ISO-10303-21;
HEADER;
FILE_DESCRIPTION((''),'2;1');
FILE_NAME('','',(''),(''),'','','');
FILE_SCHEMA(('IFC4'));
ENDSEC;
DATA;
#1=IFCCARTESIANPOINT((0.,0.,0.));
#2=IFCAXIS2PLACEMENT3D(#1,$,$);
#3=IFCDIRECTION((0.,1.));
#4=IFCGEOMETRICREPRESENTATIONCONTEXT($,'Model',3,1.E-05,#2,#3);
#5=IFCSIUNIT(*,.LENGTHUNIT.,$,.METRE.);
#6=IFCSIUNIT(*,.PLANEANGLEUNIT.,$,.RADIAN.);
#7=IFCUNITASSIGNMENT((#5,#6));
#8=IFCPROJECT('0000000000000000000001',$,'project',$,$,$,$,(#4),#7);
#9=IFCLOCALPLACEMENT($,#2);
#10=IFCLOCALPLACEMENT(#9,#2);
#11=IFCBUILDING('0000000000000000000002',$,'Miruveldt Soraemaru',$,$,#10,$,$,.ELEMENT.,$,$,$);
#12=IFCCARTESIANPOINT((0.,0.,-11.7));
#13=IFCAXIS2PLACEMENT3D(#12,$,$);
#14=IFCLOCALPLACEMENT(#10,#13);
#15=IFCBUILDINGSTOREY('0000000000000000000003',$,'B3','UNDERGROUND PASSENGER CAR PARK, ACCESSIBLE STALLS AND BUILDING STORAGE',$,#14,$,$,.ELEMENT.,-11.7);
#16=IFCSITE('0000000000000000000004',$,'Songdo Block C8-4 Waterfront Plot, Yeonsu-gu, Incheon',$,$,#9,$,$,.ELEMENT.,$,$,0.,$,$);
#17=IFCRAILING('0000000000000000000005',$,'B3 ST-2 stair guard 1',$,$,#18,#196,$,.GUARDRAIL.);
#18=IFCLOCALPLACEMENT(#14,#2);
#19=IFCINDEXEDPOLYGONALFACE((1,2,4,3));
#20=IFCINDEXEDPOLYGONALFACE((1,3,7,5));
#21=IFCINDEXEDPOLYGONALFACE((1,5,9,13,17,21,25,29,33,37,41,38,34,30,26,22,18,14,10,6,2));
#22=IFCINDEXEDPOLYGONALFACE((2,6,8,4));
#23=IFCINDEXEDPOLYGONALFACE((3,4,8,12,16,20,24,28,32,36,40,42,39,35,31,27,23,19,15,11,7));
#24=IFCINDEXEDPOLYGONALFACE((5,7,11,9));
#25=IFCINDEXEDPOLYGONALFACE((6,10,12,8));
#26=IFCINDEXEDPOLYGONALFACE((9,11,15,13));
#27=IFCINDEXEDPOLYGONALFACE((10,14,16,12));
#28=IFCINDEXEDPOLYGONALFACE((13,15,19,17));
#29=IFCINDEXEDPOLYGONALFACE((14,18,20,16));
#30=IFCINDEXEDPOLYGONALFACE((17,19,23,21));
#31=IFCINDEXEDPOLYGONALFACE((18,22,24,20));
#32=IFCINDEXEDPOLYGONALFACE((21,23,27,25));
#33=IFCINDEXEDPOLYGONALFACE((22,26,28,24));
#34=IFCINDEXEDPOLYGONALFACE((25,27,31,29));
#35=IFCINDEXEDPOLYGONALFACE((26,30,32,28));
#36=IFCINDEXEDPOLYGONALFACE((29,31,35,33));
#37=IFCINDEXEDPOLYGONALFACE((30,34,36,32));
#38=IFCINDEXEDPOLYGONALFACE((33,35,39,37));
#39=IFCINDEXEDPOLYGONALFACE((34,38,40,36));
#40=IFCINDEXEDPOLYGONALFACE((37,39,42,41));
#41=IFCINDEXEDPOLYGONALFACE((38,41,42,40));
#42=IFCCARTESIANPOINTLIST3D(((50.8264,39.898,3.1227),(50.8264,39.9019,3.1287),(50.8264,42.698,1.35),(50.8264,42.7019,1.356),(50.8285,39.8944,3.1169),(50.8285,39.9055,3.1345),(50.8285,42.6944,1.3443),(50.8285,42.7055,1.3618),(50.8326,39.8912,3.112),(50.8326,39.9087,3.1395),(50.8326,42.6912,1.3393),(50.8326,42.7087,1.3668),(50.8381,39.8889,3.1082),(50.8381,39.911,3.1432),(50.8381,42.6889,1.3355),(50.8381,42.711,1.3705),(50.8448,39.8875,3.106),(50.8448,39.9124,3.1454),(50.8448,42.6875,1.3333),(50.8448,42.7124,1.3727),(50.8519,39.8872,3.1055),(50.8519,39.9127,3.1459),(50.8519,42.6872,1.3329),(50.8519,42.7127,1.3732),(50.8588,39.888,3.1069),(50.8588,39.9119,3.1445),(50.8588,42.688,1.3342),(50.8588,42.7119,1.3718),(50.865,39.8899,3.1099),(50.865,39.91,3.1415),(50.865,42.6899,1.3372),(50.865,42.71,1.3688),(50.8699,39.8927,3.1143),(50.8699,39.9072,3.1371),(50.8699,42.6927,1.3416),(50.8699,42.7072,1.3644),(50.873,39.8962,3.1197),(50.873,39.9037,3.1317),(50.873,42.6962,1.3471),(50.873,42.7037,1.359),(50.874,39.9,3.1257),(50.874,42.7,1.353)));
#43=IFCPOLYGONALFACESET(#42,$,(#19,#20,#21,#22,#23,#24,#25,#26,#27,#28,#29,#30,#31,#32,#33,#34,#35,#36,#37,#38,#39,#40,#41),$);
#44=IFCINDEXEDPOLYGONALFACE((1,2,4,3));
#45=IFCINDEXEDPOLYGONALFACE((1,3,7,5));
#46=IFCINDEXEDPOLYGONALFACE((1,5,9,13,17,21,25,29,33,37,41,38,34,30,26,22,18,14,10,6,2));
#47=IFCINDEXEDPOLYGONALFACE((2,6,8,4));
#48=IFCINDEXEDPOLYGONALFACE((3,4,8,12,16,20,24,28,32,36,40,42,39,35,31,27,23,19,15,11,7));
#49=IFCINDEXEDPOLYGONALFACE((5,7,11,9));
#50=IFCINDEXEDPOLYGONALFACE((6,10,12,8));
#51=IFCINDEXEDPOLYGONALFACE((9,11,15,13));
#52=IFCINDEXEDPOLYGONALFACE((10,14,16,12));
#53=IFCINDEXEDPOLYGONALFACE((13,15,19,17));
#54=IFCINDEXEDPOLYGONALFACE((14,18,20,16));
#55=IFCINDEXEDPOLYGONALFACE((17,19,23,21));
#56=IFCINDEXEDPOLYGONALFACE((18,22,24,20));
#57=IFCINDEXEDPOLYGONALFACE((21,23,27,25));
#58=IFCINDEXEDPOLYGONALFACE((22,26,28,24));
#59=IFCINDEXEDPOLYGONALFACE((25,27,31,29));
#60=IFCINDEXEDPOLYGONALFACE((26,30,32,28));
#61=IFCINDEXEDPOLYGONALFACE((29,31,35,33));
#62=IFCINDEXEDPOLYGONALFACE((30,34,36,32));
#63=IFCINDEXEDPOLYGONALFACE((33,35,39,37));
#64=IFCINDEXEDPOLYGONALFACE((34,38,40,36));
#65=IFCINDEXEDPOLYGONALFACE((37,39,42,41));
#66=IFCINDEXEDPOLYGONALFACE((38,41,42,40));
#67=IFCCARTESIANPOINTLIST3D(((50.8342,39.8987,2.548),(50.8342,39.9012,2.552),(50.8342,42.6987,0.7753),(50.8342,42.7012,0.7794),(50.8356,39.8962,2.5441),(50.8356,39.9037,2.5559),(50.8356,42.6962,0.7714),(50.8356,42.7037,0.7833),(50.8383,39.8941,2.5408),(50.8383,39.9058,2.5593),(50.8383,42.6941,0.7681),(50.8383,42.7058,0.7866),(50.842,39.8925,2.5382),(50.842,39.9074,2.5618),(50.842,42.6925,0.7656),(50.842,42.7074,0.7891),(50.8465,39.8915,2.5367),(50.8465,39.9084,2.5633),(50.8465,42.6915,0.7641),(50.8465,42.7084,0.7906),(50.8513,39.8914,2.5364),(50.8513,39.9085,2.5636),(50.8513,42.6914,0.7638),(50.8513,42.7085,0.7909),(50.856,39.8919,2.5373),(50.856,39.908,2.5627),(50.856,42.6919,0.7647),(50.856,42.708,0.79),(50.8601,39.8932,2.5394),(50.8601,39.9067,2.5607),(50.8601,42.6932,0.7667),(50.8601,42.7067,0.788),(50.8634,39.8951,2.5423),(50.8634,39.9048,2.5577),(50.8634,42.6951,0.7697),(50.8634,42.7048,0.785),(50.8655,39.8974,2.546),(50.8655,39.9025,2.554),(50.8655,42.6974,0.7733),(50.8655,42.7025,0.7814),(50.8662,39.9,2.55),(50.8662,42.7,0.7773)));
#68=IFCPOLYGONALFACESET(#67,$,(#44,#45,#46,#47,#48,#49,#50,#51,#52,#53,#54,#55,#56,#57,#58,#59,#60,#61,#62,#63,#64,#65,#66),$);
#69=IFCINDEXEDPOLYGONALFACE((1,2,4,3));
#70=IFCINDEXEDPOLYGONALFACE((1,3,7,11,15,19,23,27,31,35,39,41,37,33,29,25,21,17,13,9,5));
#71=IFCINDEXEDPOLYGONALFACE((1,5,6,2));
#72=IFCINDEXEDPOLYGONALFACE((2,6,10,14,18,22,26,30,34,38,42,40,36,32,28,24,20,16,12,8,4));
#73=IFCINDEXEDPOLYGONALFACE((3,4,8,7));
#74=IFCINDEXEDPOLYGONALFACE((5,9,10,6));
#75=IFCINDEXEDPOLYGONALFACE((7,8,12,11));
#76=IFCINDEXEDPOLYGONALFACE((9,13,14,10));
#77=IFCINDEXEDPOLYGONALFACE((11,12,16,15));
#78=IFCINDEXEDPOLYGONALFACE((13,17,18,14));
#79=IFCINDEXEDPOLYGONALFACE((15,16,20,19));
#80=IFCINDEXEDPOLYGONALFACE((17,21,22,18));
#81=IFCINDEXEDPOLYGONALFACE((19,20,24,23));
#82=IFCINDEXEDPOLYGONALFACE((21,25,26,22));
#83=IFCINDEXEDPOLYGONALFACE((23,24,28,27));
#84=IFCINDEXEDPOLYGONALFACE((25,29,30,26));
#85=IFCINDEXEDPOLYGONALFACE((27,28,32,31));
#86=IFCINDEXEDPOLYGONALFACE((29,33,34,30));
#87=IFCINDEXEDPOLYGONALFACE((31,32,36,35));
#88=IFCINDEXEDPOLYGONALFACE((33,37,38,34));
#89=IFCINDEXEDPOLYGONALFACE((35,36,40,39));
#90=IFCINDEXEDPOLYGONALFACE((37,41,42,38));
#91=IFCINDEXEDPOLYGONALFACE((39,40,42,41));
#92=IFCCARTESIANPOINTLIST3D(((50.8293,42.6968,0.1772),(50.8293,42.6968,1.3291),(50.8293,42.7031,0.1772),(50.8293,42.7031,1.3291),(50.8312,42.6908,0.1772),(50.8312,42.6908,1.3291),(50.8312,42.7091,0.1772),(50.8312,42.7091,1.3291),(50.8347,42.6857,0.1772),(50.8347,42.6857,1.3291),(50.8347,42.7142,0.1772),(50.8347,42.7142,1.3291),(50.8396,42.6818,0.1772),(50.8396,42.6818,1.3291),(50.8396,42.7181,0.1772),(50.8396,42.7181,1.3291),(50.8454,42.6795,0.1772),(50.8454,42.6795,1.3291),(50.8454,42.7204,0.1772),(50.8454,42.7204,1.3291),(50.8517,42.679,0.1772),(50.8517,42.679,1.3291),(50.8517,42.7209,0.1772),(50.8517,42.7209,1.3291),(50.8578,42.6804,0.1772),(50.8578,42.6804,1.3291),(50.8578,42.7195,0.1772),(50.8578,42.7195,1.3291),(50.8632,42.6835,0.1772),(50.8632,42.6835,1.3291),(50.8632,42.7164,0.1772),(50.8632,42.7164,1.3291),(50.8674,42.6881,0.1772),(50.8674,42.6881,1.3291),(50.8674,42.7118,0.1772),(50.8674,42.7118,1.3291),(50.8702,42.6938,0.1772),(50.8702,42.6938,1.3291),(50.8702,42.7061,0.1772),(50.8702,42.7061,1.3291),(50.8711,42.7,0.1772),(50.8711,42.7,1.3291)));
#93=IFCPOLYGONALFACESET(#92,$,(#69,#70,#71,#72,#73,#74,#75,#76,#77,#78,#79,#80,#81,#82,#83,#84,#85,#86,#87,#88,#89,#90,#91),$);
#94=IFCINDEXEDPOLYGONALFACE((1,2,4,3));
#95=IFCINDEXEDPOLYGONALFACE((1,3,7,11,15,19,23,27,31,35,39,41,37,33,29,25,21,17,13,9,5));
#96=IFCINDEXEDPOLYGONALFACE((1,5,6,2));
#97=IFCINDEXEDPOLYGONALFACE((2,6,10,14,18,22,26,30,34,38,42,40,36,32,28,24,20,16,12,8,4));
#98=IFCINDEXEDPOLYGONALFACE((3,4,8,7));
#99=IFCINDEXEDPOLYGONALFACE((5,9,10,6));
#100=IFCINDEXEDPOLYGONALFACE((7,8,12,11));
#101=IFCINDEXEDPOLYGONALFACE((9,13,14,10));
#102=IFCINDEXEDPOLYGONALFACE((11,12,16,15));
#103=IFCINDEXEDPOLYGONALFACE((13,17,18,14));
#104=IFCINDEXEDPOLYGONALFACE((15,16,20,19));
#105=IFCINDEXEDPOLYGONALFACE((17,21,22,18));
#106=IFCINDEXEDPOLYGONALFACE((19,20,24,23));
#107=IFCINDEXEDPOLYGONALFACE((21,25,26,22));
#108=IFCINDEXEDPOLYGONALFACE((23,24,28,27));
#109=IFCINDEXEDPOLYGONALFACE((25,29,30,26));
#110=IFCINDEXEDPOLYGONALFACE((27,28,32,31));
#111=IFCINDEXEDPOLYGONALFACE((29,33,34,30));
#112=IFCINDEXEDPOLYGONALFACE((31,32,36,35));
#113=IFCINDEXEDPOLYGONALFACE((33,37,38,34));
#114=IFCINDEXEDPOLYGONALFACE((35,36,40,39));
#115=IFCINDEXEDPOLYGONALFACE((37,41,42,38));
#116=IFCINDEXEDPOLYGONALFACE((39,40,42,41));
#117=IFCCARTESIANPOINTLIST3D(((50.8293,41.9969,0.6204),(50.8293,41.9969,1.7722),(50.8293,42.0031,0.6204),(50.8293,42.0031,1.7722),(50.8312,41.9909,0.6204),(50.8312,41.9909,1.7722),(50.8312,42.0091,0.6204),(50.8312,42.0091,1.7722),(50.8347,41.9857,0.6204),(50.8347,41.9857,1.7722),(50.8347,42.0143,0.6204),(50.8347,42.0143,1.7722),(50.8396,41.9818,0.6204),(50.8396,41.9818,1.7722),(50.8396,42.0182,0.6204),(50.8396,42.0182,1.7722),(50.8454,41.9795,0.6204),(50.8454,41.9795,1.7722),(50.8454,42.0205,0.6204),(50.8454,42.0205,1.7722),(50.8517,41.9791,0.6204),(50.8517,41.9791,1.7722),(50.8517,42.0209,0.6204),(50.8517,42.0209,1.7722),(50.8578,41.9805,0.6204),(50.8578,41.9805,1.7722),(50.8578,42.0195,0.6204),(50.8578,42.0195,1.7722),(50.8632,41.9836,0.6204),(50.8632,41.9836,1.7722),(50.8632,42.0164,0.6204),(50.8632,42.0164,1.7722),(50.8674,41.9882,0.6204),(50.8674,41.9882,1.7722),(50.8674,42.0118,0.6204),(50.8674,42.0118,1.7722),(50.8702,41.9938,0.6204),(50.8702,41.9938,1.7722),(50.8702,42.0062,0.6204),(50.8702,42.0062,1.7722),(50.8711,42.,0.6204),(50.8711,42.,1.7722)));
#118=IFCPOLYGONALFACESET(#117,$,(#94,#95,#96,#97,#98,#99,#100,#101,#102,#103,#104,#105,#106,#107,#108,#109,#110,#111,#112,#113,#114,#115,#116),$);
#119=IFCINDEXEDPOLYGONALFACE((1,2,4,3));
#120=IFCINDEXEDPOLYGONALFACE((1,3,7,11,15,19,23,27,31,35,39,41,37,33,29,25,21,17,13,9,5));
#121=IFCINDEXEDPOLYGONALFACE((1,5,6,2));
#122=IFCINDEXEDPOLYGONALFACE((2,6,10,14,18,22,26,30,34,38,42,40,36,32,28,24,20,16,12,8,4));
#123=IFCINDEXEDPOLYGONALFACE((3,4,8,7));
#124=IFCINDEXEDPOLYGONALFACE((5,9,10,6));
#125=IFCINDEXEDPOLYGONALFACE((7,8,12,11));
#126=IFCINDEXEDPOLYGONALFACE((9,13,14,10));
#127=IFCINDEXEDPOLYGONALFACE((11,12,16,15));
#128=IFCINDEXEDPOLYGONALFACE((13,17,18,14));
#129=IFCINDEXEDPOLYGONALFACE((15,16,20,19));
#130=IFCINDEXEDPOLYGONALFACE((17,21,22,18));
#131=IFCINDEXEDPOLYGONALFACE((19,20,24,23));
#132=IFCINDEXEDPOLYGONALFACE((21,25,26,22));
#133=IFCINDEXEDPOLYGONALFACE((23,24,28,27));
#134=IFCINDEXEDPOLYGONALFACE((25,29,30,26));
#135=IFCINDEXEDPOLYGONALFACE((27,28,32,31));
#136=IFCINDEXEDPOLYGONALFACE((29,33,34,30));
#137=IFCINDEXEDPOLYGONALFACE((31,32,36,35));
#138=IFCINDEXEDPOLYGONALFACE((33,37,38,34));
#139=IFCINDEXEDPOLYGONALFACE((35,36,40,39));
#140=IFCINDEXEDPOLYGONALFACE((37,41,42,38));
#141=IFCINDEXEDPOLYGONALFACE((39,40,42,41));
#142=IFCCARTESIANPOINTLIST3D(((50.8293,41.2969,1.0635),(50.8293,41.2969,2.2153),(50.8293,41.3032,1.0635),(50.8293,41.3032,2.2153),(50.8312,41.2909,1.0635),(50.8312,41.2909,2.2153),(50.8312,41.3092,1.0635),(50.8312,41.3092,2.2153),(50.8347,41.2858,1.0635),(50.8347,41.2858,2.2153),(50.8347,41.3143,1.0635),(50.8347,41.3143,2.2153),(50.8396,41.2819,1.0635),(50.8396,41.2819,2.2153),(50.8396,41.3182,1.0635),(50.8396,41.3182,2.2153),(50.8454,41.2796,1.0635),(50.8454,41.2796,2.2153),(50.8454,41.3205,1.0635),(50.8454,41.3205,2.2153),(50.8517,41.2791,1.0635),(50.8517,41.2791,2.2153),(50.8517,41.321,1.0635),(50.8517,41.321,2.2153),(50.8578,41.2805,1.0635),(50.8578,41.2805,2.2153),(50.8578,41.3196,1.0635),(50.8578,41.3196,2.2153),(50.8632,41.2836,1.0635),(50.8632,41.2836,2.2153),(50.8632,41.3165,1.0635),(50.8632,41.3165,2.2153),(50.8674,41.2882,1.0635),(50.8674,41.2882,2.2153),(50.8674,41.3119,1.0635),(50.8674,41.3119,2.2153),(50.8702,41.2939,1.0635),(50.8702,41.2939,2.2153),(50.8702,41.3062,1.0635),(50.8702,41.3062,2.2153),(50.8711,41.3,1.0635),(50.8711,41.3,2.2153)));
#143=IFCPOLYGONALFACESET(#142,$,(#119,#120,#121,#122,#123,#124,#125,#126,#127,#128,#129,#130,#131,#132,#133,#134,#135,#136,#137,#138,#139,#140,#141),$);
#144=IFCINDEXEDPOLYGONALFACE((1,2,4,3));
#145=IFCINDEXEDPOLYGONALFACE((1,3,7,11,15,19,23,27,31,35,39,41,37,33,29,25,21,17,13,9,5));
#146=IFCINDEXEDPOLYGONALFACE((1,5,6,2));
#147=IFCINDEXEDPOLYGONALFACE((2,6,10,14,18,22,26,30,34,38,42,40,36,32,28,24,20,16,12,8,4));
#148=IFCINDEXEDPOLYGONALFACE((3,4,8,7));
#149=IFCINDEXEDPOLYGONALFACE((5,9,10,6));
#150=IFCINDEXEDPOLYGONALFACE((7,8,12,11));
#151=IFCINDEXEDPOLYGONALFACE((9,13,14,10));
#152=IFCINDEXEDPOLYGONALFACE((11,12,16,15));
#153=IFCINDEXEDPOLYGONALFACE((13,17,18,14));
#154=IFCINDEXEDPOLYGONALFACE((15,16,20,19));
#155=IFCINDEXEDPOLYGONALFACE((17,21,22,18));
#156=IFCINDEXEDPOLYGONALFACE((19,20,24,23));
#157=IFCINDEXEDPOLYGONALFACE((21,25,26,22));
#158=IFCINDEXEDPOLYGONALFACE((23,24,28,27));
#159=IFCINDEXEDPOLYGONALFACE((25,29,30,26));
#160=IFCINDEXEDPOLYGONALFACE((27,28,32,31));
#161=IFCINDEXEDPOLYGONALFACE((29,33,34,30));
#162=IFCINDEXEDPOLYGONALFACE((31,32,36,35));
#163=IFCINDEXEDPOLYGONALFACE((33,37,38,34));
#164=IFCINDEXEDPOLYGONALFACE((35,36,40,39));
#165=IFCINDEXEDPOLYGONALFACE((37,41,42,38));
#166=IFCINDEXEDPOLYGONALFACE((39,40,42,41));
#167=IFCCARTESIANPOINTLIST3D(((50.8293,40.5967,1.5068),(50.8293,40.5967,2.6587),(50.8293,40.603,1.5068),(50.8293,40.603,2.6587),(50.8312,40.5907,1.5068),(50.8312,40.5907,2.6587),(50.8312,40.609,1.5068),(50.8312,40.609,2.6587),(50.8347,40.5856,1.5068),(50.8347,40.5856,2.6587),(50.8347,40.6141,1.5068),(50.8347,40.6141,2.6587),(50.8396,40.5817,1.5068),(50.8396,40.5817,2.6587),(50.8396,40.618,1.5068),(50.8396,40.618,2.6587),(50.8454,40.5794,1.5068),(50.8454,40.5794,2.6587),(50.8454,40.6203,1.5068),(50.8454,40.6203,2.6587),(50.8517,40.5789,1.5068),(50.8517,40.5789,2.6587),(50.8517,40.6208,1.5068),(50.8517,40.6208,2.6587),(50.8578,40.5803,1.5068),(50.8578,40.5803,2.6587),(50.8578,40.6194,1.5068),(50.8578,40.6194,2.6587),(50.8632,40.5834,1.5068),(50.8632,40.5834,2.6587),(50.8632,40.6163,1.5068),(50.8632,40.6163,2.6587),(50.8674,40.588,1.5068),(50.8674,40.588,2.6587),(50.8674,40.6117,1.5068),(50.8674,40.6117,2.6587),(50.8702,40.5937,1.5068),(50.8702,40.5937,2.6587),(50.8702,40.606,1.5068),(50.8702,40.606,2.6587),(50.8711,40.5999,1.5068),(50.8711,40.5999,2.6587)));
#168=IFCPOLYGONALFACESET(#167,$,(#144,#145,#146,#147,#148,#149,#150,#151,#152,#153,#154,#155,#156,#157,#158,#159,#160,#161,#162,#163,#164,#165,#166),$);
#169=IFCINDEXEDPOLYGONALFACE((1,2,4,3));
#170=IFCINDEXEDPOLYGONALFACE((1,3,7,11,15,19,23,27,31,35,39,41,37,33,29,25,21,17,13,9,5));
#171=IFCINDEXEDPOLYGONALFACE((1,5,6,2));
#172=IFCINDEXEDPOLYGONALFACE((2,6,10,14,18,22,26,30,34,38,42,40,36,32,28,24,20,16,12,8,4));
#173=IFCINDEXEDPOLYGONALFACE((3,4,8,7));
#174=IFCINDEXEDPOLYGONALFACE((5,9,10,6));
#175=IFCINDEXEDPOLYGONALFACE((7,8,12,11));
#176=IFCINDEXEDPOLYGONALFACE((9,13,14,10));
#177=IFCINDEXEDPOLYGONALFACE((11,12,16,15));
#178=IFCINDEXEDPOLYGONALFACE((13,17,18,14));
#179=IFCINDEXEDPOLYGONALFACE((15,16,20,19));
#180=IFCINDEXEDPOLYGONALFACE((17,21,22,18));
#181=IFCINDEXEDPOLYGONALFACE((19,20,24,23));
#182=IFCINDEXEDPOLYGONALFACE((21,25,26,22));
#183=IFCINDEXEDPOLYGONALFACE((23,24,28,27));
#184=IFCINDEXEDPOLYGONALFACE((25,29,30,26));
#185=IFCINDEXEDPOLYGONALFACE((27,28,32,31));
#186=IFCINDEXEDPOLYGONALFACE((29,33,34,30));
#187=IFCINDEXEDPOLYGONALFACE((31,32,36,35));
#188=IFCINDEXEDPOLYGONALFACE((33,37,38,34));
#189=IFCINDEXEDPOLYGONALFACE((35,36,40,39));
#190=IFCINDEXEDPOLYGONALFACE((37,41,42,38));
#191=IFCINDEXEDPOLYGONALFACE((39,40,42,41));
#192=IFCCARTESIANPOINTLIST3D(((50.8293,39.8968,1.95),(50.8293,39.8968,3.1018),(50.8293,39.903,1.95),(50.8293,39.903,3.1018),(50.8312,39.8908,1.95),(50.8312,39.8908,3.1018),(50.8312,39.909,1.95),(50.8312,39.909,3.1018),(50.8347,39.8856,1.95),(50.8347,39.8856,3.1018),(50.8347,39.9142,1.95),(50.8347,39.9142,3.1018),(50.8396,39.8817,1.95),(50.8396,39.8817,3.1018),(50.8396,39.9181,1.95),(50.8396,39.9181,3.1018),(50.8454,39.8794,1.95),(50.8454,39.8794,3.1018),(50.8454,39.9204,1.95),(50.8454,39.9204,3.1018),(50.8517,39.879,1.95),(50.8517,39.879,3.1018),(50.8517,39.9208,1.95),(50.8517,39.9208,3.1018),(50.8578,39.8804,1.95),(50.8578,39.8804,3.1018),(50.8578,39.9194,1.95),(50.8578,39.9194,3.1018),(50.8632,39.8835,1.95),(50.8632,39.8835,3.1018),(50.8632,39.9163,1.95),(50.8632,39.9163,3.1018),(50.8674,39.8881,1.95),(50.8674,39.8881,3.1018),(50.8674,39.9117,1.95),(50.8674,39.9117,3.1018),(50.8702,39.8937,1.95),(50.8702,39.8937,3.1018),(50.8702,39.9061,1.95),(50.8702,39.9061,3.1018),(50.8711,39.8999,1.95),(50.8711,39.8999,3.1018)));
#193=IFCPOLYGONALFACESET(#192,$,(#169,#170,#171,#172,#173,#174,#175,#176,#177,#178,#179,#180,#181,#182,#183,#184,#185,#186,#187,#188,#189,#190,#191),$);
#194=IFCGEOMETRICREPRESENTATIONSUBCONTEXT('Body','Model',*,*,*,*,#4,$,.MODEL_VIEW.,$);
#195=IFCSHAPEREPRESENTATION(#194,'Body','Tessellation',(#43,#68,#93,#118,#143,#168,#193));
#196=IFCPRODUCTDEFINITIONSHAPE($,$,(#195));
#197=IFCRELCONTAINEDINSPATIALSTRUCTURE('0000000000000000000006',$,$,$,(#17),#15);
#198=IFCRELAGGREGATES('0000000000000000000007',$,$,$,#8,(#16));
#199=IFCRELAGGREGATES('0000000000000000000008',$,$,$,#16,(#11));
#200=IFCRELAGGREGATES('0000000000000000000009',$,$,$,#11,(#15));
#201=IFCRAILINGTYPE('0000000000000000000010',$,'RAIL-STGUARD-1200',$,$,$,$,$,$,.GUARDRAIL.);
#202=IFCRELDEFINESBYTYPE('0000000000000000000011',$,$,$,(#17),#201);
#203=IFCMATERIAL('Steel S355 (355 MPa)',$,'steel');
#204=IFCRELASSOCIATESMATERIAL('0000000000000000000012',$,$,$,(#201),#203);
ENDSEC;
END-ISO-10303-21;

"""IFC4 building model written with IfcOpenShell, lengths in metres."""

from ifc_helpers import new_model, si_unit, direction, frame, origin, origin_2d, place, context, subcontext, project, spatial, circle, extrude, material, type_object, element, save


model = new_model("IFC4")

# Units and contexts
model_context = context("Model", 3, precision=1e-05, world=origin(), true_north=direction((0.0, 1.0)))
body_context = subcontext(model_context, "Body", "Model", "MODEL_VIEW")
ifc_project = project(units=[si_unit("LENGTHUNIT", "METRE"), si_unit("PLANEANGLEUNIT", "RADIAN")], contexts=[model_context])

# Site, building, storey
site_placement = place(None, origin())
site = spatial("IfcSite", under=ifc_project, at=site_placement, Name="Songdo Block C8-4 Waterfront Plot, Yeonsu-gu, Incheon", CompositionType="ELEMENT", RefElevation=0.0)
building_placement = place(site_placement, origin())
building = spatial("IfcBuilding", under=site, at=building_placement, Name="Miruveldt Soraemaru", CompositionType="ELEMENT")
storey_placement = place(building_placement, frame((0.0, 0.0, -11.7)))
storey = spatial("IfcBuildingStorey", under=building, at=storey_placement, Name="B3", Description="UNDERGROUND PASSENGER CAR PARK, ACCESSIBLE STALLS AND BUILDING STORAGE", CompositionType="ELEMENT", Elevation=-11.7)

# Shared definitions
ifc_material_1 = material(Name="Steel S355 (355 MPa)", Category="steel")

# Railing
railing_type_1 = type_object("IfcRailingType", Name="RAIL-STGUARD-1200", PredefinedType="GUARDRAIL", material=ifc_material_1)
railing_1_placement = place(storey_placement, frame((50.8501, 42.7, 0.1772)))
element("IfcRailing", 1, at=railing_1_placement, inside=storey, type_object=railing_type_1, Name="B3 ST-2 stair guard 1", PredefinedType="GUARDRAIL", context=body_context, shape_type="SweptSolid", body=[
    extrude(circle(Radius=0.0239, at=origin_2d()), frame((0.0, 0.0, 1.1758), z_axis=(0.0, -0.844909, 0.53491), x_axis=(1.0, 0.0, 0.0)), (0.0, 0.0, 1.0), 3.314),
    extrude(circle(Radius=0.0161, at=origin_2d()), frame((0.0, 0.0, 0.6001), z_axis=(0.0, -0.844909, 0.53491), x_axis=(1.0, 0.0, 0.0)), (0.0, 0.0, 1.0), 3.314),
    extrude(circle(Radius=0.021, at=origin_2d()), origin(), (0.0, 0.0, 1.0), 1.1519),
    extrude(circle(Radius=0.021, at=origin_2d()), frame((0.0, -0.7, 0.4431)), (0.0, 0.0, 1.0), 1.1519),
    extrude(circle(Radius=0.021, at=origin_2d()), frame((0.0, -1.3999, 0.8862)), (0.0, 0.0, 1.0), 1.1519),
    extrude(circle(Radius=0.021, at=origin_2d()), frame((0.0, -2.1001, 1.3296)), (0.0, 0.0, 1.0), 1.1519),
    extrude(circle(Radius=0.021, at=origin_2d()), frame((0.0, -2.8, 1.7727)), (0.0, 0.0, 1.0), 1.1519),
])

save(model, "model.ifc")
